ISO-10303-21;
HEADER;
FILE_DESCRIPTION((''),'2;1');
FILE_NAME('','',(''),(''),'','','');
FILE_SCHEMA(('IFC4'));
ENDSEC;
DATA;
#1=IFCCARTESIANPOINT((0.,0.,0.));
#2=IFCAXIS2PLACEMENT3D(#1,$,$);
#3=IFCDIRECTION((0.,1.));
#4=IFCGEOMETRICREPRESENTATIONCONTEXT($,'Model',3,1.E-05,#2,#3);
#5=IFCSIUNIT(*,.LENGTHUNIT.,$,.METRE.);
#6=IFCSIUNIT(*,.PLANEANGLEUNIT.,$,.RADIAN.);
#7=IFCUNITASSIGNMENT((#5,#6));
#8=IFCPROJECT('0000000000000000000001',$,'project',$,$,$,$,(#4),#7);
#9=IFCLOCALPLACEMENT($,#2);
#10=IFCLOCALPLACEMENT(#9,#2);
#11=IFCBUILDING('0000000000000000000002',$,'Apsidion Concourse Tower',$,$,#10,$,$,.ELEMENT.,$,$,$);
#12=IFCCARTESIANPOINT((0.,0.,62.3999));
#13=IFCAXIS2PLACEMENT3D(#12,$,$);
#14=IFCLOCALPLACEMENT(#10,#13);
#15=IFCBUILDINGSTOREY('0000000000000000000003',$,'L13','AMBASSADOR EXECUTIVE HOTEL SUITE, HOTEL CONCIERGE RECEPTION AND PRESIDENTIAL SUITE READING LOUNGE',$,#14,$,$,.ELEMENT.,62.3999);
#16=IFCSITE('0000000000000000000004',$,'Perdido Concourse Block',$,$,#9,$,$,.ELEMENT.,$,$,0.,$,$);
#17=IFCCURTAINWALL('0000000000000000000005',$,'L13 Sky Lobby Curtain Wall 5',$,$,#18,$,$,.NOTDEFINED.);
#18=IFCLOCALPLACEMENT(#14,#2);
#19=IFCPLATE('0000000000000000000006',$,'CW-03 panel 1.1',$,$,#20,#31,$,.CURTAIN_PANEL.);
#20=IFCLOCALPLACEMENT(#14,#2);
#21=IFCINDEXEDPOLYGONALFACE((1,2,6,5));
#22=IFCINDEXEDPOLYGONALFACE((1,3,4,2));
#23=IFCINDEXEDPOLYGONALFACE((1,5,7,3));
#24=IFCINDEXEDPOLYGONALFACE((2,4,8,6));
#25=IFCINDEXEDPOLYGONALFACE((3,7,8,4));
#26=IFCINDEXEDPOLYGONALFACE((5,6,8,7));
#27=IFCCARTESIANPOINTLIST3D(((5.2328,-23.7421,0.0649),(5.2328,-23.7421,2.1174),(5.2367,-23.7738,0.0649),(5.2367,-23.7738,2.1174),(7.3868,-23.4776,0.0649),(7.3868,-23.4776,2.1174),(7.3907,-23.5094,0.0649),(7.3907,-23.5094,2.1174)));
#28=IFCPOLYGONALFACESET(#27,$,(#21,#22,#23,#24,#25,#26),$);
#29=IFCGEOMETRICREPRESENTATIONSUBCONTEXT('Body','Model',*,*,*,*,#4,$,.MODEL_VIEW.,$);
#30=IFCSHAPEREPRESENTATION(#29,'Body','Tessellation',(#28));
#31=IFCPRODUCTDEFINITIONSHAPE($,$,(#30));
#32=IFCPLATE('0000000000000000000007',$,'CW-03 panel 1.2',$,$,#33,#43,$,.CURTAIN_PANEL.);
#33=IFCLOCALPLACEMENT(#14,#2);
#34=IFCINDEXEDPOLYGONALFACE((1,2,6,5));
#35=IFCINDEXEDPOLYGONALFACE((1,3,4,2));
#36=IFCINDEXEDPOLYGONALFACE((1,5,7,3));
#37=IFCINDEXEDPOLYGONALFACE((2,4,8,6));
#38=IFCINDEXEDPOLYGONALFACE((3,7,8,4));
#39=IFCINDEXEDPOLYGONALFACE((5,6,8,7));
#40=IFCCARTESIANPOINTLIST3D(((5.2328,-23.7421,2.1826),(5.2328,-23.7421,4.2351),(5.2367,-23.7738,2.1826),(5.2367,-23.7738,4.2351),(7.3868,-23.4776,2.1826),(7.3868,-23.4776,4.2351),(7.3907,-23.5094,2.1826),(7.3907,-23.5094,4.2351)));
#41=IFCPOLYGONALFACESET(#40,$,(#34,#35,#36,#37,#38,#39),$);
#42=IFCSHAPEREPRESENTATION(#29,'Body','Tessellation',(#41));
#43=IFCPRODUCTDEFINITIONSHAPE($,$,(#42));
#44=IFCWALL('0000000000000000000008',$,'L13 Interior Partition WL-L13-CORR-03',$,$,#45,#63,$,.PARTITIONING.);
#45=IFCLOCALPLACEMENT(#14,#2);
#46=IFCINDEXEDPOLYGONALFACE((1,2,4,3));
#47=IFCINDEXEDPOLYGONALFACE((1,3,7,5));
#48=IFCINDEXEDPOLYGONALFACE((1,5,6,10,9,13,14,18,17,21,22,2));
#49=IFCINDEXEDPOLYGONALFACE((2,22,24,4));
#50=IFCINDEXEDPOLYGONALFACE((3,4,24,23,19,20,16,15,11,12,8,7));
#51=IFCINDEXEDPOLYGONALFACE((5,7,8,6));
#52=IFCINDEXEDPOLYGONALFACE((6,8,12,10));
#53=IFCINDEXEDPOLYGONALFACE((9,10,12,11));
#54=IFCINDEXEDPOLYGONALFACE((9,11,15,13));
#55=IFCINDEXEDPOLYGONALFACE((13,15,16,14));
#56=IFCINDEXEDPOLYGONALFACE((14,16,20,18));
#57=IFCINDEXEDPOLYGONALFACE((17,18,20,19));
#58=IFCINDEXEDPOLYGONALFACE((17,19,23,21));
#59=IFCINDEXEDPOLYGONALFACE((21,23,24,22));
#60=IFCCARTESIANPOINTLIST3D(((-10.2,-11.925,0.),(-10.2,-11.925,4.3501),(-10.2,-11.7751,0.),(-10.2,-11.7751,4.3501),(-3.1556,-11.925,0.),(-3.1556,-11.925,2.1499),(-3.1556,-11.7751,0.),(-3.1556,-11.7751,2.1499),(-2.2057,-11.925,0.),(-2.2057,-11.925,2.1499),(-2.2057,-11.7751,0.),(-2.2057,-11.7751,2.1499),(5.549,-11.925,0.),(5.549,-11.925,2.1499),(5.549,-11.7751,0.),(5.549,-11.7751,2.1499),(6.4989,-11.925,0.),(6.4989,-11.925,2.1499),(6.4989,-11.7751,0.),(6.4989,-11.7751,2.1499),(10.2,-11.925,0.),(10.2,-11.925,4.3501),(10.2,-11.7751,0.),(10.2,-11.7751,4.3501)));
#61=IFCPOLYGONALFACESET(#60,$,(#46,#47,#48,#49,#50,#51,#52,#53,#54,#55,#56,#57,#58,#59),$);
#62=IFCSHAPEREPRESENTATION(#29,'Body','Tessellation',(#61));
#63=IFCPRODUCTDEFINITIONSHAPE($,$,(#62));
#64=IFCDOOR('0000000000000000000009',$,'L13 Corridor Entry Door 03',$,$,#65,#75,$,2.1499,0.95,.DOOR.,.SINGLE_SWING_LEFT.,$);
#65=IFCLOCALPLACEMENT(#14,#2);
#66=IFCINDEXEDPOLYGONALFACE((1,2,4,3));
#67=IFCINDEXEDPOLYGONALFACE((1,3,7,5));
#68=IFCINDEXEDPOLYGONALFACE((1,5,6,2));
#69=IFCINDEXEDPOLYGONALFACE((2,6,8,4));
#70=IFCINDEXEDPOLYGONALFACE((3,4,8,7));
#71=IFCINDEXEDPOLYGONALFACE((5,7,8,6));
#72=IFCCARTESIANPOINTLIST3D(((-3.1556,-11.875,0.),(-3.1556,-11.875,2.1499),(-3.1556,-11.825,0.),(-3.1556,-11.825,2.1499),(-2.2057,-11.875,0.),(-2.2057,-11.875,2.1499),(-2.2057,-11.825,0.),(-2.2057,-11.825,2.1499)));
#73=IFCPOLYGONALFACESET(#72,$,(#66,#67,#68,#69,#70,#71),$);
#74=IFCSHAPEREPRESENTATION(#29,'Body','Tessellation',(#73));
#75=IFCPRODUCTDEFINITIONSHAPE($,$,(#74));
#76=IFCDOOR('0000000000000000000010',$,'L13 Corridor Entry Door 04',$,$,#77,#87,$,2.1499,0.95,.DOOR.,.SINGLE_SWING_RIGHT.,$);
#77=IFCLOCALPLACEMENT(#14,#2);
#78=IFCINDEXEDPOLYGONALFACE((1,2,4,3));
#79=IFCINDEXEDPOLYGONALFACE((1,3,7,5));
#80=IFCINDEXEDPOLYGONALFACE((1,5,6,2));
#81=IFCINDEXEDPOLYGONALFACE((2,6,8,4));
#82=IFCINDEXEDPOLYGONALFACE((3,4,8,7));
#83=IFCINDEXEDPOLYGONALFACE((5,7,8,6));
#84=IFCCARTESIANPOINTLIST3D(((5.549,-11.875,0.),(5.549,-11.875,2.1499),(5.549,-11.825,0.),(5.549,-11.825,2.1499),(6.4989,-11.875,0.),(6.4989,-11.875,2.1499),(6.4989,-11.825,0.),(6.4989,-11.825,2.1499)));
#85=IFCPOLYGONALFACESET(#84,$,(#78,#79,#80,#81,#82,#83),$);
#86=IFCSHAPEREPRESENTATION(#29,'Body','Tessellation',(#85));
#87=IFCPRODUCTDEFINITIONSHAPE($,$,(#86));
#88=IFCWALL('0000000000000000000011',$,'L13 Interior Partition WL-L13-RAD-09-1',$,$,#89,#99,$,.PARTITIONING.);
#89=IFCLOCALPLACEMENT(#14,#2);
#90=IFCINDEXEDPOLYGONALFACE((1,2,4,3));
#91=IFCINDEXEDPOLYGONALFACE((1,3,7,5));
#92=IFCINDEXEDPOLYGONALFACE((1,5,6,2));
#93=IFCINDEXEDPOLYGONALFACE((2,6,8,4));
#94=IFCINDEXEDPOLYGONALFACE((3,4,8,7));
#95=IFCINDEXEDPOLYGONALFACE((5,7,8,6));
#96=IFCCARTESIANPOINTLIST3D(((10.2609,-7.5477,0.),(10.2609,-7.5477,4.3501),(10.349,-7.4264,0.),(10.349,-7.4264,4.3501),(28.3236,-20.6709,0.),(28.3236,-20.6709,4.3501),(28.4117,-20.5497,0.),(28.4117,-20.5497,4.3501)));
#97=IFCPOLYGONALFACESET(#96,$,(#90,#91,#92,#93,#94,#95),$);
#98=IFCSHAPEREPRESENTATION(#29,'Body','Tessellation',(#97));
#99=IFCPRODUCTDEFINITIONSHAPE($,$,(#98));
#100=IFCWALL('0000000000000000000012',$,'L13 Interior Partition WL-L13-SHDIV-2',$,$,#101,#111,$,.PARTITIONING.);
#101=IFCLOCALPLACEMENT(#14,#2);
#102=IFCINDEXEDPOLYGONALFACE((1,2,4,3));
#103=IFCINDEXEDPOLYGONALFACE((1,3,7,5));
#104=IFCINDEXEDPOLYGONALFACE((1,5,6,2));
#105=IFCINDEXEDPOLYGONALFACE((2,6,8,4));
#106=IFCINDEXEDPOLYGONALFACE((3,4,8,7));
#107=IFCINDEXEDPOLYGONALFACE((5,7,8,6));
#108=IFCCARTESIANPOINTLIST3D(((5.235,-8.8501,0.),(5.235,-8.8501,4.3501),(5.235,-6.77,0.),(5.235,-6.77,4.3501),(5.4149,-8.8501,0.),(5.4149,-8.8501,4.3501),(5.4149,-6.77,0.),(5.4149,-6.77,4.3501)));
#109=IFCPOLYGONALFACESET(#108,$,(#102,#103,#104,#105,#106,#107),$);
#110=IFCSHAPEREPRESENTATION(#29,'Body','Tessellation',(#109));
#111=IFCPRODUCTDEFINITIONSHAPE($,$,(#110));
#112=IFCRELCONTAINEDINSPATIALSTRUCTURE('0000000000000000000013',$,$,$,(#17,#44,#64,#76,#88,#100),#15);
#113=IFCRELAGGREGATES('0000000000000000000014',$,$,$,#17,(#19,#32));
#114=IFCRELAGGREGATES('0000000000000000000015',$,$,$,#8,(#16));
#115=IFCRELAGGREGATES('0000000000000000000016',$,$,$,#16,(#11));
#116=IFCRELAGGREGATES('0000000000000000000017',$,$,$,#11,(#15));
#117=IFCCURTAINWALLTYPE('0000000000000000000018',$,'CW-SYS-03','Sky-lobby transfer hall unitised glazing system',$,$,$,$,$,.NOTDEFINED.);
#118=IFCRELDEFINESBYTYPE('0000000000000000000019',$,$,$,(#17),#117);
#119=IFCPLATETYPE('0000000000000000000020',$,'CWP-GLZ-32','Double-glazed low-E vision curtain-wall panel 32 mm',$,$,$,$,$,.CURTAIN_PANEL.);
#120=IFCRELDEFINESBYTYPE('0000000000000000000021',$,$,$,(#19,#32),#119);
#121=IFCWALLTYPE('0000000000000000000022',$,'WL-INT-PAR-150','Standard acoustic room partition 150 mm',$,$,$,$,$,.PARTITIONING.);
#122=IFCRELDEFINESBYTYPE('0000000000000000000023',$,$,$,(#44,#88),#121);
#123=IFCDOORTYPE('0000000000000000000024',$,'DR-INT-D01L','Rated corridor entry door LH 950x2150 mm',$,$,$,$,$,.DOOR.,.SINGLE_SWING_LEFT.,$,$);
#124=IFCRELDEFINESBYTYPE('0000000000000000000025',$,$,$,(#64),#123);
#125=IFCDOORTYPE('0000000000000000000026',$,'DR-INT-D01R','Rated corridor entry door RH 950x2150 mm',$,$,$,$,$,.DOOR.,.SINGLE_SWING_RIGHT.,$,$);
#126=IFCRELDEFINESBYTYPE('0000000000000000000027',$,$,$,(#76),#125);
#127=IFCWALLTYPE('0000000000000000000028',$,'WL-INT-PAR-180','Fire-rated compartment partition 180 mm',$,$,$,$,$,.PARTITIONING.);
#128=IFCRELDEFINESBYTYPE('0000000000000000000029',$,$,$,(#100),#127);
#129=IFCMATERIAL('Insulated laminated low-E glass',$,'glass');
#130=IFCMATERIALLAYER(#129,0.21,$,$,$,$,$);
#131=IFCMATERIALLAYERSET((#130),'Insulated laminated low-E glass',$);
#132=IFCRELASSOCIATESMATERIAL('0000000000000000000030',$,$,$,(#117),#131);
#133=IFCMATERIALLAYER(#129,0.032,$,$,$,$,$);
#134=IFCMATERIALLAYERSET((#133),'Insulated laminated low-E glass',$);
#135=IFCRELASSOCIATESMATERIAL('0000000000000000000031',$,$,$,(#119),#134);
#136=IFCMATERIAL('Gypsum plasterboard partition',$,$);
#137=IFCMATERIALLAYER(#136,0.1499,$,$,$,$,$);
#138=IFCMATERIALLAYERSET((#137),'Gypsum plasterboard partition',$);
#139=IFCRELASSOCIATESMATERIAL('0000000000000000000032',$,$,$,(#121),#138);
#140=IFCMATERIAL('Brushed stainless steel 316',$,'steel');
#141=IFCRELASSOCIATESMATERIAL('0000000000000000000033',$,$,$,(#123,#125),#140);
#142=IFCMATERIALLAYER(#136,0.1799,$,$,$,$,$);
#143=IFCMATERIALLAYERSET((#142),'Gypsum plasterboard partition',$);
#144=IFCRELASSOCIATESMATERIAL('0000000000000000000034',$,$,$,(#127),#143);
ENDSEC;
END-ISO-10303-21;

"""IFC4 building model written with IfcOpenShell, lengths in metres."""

from ifc_helpers import new_model, si_unit, direction, frame, frame_2d, origin, origin_2d, place, context, subcontext, project, spatial, rectangle, extrude, material, layer, layer_set, type_object, element, fill, aggregate, save


model = new_model("IFC4")

# Units and contexts
model_context = context("Model", 3, precision=1e-05, world=origin(), true_north=direction((0.0, 1.0)))
body_context = subcontext(model_context, "Body", "Model", "MODEL_VIEW")
ifc_project = project(units=[si_unit("LENGTHUNIT", "METRE"), si_unit("PLANEANGLEUNIT", "RADIAN")], contexts=[model_context])

# Site, building, storey
site_placement = place(None, origin())
site = spatial("IfcSite", under=ifc_project, at=site_placement, Name="Perdido Concourse Block", CompositionType="ELEMENT", RefElevation=0.0)
building_placement = place(site_placement, origin())
building = spatial("IfcBuilding", under=site, at=building_placement, Name="Apsidion Concourse Tower", CompositionType="ELEMENT")
storey_placement = place(building_placement, frame((0.0, 0.0, 62.3999)))
storey = spatial("IfcBuildingStorey", under=building, at=storey_placement, Name="L13", Description="AMBASSADOR EXECUTIVE HOTEL SUITE, HOTEL CONCIERGE RECEPTION AND PRESIDENTIAL SUITE READING LOUNGE", CompositionType="ELEMENT", Elevation=62.3999)

# Curtain wall, plates
ifc_material_1 = material(Name="Insulated laminated low-E glass", Category="glass")
ifc_layer_1 = layer(ifc_material_1, 0.21)
ifc_layer_set_1 = layer_set([ifc_layer_1], Name="Insulated laminated low-E glass")
curtain_wall_type = type_object("IfcCurtainWallType", Name="CW-SYS-03", Description="Sky-lobby transfer hall unitised glazing system", PredefinedType="NOTDEFINED", material=ifc_layer_set_1)
curtain_wall_placement = place(storey_placement, origin())
curtain_wall = element("IfcCurtainWall", 1, at=curtain_wall_placement, inside=storey, type_object=curtain_wall_type, Name="L13 Sky Lobby Curtain Wall 5", PredefinedType="NOTDEFINED")
ifc_layer_2 = layer(ifc_material_1, 0.032)
ifc_layer_set_2 = layer_set([ifc_layer_2], Name="Insulated laminated low-E glass")
plate_type = type_object("IfcPlateType", Name="CWP-GLZ-32", Description="Double-glazed low-E vision curtain-wall panel 32 mm", PredefinedType="CURTAIN_PANEL", material=ifc_layer_set_2)
plate_1_placement = place(storey_placement, frame((6.3118, -23.6257, 0.0649), z_axis=(0.0, 0.0, 1.0), x_axis=(-0.992546, -0.121872, 0.0)))
plate_1 = element("IfcPlate", 2, at=plate_1_placement, type_object=plate_type, Name="CW-03 panel 1.1", PredefinedType="CURTAIN_PANEL", context=body_context, shape_type="SweptSolid", body=[
    extrude(rectangle(XDim=2.1702, YDim=0.032, at=origin_2d()), origin(), (0.0, 0.0, 1.0), 2.0525),
])
plate_2_placement = place(storey_placement, frame((6.3118, -23.6257, 2.1826), z_axis=(0.0, 0.0, 1.0), x_axis=(-0.992546, -0.121872, 0.0)))
plate_2 = element("IfcPlate", 3, at=plate_2_placement, type_object=plate_type, Name="CW-03 panel 1.2", PredefinedType="CURTAIN_PANEL", context=body_context, shape_type="SweptSolid", body=[
    extrude(rectangle(XDim=2.1702, YDim=0.032, at=origin_2d()), origin(), (0.0, 0.0, 1.0), 2.0525),
])
aggregate(curtain_wall, [plate_1, plate_2])

# Wall, openings, doors
ifc_material_2 = material(Name="Gypsum plasterboard partition")
ifc_layer_3 = layer(ifc_material_2, 0.1499)
ifc_layer_set_3 = layer_set([ifc_layer_3], Name="Gypsum plasterboard partition")
wall_type_1 = type_object("IfcWallType", Name="WL-INT-PAR-150", Description="Standard acoustic room partition 150 mm", PredefinedType="PARTITIONING", material=ifc_layer_set_3)
wall_1_placement = place(storey_placement, frame((10.2, -11.8501, 0.0), z_axis=(0.0, 0.0, 1.0), x_axis=(-1.0, 0.0, 0.0)))
wall_1 = element("IfcWall", 4, at=wall_1_placement, inside=storey, type_object=wall_type_1, Name="L13 Interior Partition WL-L13-CORR-03", PredefinedType="PARTITIONING", context=body_context, shape_type="SweptSolid", body=[
    extrude(rectangle(XDim=20.3999, YDim=0.1499, at=frame_2d((10.2, 0.0))), origin(), (0.0, 0.0, 1.0), 4.3501),
])
opening_1_placement = place(wall_1_placement, frame((12.4055, 0.0, 0.0)))
opening_1 = element("IfcOpeningElement", 5, at=opening_1_placement, cuts=wall_1, PredefinedType="OPENING", context=body_context, shape_type="SweptSolid", body=[
    extrude(rectangle(XDim=0.95, YDim=2.1499, at=frame_2d((0.4751, 1.075))), frame((0.0, 0.085, 0.0), z_axis=(0.0, -1.0, 0.0), x_axis=(1.0, 0.0, 0.0)), (0.0, 0.0, 1.0), 0.1699),
])
opening_2_placement = place(wall_1_placement, frame((3.7009, 0.0, 0.0)))
opening_2 = element("IfcOpeningElement", 6, at=opening_2_placement, cuts=wall_1, PredefinedType="OPENING", context=body_context, shape_type="SweptSolid", body=[
    extrude(rectangle(XDim=0.95, YDim=2.1499, at=frame_2d((0.4751, 1.075))), frame((0.0, 0.085, 0.0), z_axis=(0.0, -1.0, 0.0), x_axis=(1.0, 0.0, 0.0)), (0.0, 0.0, 1.0), 0.1699),
])
ifc_material_3 = material(Name="Brushed stainless steel 316", Category="steel")
door_type_1 = type_object("IfcDoorType", Name="DR-INT-D01L", Description="Rated corridor entry door LH 950x2150 mm", OperationType="SINGLE_SWING_LEFT", PredefinedType="DOOR", material=ifc_material_3)
door_1_placement = place(opening_1_placement, origin())
door_1 = element("IfcDoor", 7, at=door_1_placement, inside=storey, type_object=door_type_1, Name="L13 Corridor Entry Door 03", OperationType="SINGLE_SWING_LEFT", OverallHeight=2.1499, OverallWidth=0.95, PredefinedType="DOOR", context=body_context, shape_type="SweptSolid", body=[
    extrude(rectangle(XDim=0.95, YDim=2.1499, at=frame_2d((0.4751, 1.075))), frame((0.0, 0.0249, 0.0), z_axis=(0.0, -1.0, 0.0), x_axis=(1.0, 0.0, 0.0)), (0.0, 0.0, 1.0), 0.05),
])
fill(opening_1, door_1)
door_type_2 = type_object("IfcDoorType", Name="DR-INT-D01R", Description="Rated corridor entry door RH 950x2150 mm", OperationType="SINGLE_SWING_RIGHT", PredefinedType="DOOR", material=ifc_material_3)
door_2_placement = place(opening_2_placement, origin())
door_2 = element("IfcDoor", 8, at=door_2_placement, inside=storey, type_object=door_type_2, Name="L13 Corridor Entry Door 04", OperationType="SINGLE_SWING_RIGHT", OverallHeight=2.1499, OverallWidth=0.95, PredefinedType="DOOR", context=body_context, shape_type="SweptSolid", body=[
    extrude(rectangle(XDim=0.95, YDim=2.1499, at=frame_2d((0.4751, 1.075))), frame((0.0, 0.0249, 0.0), z_axis=(0.0, -1.0, 0.0), x_axis=(1.0, 0.0, 0.0)), (0.0, 0.0, 1.0), 0.05),
])
fill(opening_2, door_2)

# Walls
wall_2_placement = place(storey_placement, frame((10.3049, -7.4871, 0.0), z_axis=(0.0, 0.0, 1.0), x_axis=(0.809018, -0.587783, 0.0)))
element("IfcWall", 9, at=wall_2_placement, inside=storey, type_object=wall_type_1, Name="L13 Interior Partition WL-L13-RAD-09-1", PredefinedType="PARTITIONING", context=body_context, shape_type="SweptSolid", body=[
    extrude(rectangle(XDim=22.3267, YDim=0.1499, at=frame_2d((11.1633, 0.0))), origin(), (0.0, 0.0, 1.0), 4.3501),
])
ifc_layer_4 = layer(ifc_material_2, 0.1799)
ifc_layer_set_4 = layer_set([ifc_layer_4], Name="Gypsum plasterboard partition")
wall_type_2 = type_object("IfcWallType", Name="WL-INT-PAR-180", Description="Fire-rated compartment partition 180 mm", PredefinedType="PARTITIONING", material=ifc_layer_set_4)
wall_3_placement = place(storey_placement, frame((5.325, -8.8501, 0.0), z_axis=(0.0, 0.0, 1.0), x_axis=(0.0, 1.0, 0.0)))
element("IfcWall", 10, at=wall_3_placement, inside=storey, type_object=wall_type_2, Name="L13 Interior Partition WL-L13-SHDIV-2", PredefinedType="PARTITIONING", context=body_context, shape_type="SweptSolid", body=[
    extrude(rectangle(XDim=2.0801, YDim=0.1799, at=frame_2d((1.04, 0.0))), origin(), (0.0, 0.0, 1.0), 4.3501),
])

save(model, "model.ifc")
